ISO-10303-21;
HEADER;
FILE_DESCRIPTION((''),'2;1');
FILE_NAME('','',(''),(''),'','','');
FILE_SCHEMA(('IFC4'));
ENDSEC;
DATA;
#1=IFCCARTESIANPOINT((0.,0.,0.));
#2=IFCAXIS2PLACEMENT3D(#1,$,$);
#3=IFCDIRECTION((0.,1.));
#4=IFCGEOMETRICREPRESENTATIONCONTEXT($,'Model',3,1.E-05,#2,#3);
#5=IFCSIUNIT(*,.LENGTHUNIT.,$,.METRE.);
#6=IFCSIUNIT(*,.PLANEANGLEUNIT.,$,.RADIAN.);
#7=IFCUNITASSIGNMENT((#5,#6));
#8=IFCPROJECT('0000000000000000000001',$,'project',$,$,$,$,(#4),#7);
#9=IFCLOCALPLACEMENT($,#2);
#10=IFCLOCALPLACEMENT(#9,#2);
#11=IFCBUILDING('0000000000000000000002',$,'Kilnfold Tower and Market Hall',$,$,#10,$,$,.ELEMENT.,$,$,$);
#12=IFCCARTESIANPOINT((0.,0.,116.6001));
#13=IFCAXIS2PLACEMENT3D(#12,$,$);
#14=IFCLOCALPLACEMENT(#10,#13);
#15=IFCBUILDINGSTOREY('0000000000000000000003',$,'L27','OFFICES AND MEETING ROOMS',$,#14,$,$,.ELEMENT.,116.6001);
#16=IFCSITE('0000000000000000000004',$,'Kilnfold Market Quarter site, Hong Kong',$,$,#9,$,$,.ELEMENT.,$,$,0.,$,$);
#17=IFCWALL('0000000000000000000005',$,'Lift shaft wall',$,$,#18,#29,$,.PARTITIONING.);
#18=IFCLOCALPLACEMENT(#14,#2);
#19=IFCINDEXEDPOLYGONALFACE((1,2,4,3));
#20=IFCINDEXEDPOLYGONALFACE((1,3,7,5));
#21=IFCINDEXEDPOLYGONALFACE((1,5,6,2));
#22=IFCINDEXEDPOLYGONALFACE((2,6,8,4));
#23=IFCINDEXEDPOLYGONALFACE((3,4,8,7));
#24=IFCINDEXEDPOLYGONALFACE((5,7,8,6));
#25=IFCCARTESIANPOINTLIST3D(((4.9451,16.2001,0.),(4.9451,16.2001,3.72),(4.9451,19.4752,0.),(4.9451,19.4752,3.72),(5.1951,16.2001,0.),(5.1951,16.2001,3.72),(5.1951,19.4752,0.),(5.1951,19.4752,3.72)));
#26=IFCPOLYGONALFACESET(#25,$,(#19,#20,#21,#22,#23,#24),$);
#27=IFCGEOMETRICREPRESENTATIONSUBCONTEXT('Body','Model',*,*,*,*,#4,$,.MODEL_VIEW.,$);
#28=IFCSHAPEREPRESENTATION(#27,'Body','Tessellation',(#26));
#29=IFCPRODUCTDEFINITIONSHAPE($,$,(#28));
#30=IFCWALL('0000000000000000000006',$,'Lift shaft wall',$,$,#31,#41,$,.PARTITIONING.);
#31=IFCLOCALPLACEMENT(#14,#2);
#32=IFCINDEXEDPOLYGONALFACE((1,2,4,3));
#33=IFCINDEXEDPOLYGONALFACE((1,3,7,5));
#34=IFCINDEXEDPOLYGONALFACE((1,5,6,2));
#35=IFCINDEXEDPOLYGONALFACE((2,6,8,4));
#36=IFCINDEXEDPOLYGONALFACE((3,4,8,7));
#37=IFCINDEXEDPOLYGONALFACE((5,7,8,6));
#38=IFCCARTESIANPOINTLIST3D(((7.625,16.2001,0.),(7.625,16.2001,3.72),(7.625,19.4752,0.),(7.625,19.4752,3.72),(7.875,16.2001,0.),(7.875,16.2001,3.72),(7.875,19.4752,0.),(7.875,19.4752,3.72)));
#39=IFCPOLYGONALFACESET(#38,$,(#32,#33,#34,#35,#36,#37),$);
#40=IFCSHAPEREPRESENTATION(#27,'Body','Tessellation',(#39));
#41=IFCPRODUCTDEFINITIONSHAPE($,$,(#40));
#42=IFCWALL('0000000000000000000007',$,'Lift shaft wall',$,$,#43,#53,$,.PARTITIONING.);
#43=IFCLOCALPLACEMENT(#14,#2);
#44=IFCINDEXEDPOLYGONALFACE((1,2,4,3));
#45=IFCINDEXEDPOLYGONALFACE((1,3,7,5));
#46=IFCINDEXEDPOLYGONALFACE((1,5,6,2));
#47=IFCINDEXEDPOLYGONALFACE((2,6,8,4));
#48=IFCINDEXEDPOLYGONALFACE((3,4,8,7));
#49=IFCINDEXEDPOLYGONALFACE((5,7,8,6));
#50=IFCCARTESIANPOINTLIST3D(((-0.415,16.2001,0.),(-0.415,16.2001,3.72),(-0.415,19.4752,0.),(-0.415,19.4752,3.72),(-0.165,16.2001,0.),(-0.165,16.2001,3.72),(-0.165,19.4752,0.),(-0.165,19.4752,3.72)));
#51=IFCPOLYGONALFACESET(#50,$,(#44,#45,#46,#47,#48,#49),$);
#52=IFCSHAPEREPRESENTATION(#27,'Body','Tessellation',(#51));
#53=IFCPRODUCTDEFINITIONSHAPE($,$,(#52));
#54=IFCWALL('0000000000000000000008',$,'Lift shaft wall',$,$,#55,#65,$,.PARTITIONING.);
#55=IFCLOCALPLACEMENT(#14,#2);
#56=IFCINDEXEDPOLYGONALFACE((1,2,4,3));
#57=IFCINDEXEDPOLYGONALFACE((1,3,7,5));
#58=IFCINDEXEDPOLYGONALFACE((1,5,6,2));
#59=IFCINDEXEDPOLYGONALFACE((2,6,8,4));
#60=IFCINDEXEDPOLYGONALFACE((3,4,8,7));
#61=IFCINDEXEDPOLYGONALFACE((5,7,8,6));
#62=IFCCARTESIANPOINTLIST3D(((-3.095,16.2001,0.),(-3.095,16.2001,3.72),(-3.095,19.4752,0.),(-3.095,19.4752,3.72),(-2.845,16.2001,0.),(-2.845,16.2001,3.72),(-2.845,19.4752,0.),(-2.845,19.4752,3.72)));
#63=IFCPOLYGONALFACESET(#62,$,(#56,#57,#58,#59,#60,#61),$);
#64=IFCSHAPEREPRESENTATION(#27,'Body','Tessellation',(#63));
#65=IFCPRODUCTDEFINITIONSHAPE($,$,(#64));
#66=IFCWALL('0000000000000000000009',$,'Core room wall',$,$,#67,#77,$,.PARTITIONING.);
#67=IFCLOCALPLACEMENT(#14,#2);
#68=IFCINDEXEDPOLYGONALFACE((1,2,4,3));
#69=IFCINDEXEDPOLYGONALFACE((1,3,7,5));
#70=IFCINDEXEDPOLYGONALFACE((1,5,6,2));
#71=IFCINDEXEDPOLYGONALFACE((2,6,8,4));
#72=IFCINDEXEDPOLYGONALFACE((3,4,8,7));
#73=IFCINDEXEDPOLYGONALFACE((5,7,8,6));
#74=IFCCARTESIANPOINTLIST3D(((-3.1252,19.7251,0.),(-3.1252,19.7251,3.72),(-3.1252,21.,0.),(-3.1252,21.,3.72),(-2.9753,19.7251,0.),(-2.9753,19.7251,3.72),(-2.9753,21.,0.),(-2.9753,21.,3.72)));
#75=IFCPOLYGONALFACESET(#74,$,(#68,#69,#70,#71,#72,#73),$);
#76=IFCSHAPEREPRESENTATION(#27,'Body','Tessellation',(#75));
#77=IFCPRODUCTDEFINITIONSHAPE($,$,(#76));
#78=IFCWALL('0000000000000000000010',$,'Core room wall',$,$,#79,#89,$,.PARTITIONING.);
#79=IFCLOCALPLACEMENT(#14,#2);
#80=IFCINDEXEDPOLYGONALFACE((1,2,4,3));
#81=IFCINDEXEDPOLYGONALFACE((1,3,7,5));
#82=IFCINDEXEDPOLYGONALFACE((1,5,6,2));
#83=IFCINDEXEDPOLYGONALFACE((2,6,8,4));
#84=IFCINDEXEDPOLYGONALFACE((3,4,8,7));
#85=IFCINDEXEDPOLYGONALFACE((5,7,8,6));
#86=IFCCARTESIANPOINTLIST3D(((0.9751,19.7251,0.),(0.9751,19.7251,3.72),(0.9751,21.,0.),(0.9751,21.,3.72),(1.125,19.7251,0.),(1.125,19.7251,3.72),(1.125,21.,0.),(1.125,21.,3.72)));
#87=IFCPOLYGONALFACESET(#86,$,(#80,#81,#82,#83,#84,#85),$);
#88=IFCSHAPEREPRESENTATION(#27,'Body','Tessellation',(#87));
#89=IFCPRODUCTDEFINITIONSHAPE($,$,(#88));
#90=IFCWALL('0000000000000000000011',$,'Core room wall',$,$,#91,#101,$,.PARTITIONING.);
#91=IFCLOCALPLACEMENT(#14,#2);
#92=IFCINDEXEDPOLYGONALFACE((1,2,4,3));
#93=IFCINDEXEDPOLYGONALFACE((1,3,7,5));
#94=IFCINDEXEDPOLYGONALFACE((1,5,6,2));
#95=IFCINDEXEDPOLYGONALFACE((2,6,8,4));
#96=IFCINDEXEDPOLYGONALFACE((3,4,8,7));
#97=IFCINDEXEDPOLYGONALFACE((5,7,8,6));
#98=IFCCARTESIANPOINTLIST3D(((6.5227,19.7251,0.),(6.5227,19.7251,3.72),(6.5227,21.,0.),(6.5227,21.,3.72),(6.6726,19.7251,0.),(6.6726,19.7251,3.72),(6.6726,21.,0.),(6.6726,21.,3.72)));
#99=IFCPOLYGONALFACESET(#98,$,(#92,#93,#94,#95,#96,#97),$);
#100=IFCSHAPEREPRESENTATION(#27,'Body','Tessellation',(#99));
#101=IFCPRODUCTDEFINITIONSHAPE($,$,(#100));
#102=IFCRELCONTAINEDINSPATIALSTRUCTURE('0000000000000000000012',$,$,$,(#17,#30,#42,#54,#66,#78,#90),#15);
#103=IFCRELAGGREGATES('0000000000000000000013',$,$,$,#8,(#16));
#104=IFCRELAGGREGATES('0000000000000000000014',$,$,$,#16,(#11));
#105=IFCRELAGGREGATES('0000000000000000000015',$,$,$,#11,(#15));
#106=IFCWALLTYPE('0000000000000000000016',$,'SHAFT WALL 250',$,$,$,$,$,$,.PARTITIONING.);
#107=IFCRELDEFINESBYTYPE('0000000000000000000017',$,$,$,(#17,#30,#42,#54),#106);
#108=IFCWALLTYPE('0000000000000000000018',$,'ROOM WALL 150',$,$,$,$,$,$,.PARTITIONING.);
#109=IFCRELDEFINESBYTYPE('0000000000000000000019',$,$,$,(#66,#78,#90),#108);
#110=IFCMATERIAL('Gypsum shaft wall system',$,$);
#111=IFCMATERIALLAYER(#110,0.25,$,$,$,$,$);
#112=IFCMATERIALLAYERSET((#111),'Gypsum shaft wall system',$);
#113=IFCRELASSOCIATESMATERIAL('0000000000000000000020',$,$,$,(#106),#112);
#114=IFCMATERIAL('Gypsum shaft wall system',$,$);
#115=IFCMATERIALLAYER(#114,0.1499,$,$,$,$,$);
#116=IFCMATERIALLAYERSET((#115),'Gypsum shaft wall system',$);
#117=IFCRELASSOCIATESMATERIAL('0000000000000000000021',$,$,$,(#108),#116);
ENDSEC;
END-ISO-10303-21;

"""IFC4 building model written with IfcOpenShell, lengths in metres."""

from ifc_helpers import new_model, si_unit, direction, frame, frame_2d, origin, place, context, subcontext, project, spatial, rectangle, extrude, source, transform, mapped, material, layer, layer_set, type_object, element, save


model = new_model("IFC4")

# Units and contexts
model_context = context("Model", 3, precision=1e-05, world=origin(), true_north=direction((0.0, 1.0)))
body_context = subcontext(model_context, "Body", "Model", "MODEL_VIEW")
ifc_project = project(units=[si_unit("LENGTHUNIT", "METRE"), si_unit("PLANEANGLEUNIT", "RADIAN")], contexts=[model_context])

# Site, building, storey
site_placement = place(None, origin())
site = spatial("IfcSite", under=ifc_project, at=site_placement, Name="Kilnfold Market Quarter site, Hong Kong", CompositionType="ELEMENT", RefElevation=0.0)
building_placement = place(site_placement, origin())
building = spatial("IfcBuilding", under=site, at=building_placement, Name="Kilnfold Tower and Market Hall", CompositionType="ELEMENT")
storey_placement = place(building_placement, frame((0.0, 0.0, 116.6001)))
storey = spatial("IfcBuildingStorey", under=building, at=storey_placement, Name="L27", Description="OFFICES AND MEETING ROOMS", CompositionType="ELEMENT", Elevation=116.6001)

# Walls
ifc_material_1 = material(Name="Gypsum shaft wall system")
ifc_layer_1 = layer(ifc_material_1, 0.25)
ifc_layer_set_1 = layer_set([ifc_layer_1], Name="Gypsum shaft wall system")
wall_type_1 = type_object("IfcWallType", Name="SHAFT WALL 250", PredefinedType="PARTITIONING", material=ifc_layer_set_1)
shared_shape_1 = source(origin(), body_context, "Body", "SweptSolid", [
    extrude(rectangle(XDim=3.2751, YDim=0.25, at=frame_2d((1.6377, 0.0))), origin(), (0.0, 0.0, 1.0), 3.72),
])
for number, where, z_axis, x_axis, name in (
    (1, (5.0701, 16.2, 0.0), (0.0, 0.0, 1.0), (0.0, 1.0, 0.0), "Lift shaft wall"),
    (2, (7.75, 16.2, 0.0), (0.0, 0.0, 1.0), (0.0, 1.0, 0.0), "Lift shaft wall"),
    (3, (-0.29, 16.2, 0.0), (0.0, 0.0, 1.0), (0.0, 1.0, 0.0), "Lift shaft wall"),
    (4, (-2.97, 16.2, 0.0), (0.0, 0.0, 1.0), (0.0, 1.0, 0.0), "Lift shaft wall"),
):
    element("IfcWall", number, at=place(storey_placement, frame(where, z_axis=z_axis, x_axis=x_axis)), inside=storey, type_object=wall_type_1, Name=name, PredefinedType="PARTITIONING", context=body_context, shape_type="MappedRepresentation", body=[
        mapped(shared_shape_1, transform((0.0, 0.0, 0.0))),
    ])
ifc_material_2 = material(Name="Gypsum shaft wall system")
ifc_layer_2 = layer(ifc_material_2, 0.1499)
ifc_layer_set_2 = layer_set([ifc_layer_2], Name="Gypsum shaft wall system")
wall_type_2 = type_object("IfcWallType", Name="ROOM WALL 150", PredefinedType="PARTITIONING", material=ifc_layer_set_2)
shared_shape_2 = source(origin(), body_context, "Body", "SweptSolid", [
    extrude(rectangle(XDim=1.2749, YDim=0.1499, at=frame_2d((0.6375, 0.0))), origin(), (0.0, 0.0, 1.0), 3.72),
])
for number, where, z_axis, x_axis, name in (
    (5, (-3.0503, 19.7251, 0.0), (0.0, 0.0, 1.0), (0.0, 1.0, 0.0), "Core room wall"),
    (6, (1.05, 19.7251, 0.0), (0.0, 0.0, 1.0), (0.0, 1.0, 0.0), "Core room wall"),
    (7, (6.5977, 19.7251, 0.0), (0.0, 0.0, 1.0), (0.0, 1.0, 0.0), "Core room wall"),
):
    element("IfcWall", number, at=place(storey_placement, frame(where, z_axis=z_axis, x_axis=x_axis)), inside=storey, type_object=wall_type_2, Name=name, PredefinedType="PARTITIONING", context=body_context, shape_type="MappedRepresentation", body=[
        mapped(shared_shape_2, transform((0.0, 0.0, 0.0))),
    ])

save(model, "model.ifc")
